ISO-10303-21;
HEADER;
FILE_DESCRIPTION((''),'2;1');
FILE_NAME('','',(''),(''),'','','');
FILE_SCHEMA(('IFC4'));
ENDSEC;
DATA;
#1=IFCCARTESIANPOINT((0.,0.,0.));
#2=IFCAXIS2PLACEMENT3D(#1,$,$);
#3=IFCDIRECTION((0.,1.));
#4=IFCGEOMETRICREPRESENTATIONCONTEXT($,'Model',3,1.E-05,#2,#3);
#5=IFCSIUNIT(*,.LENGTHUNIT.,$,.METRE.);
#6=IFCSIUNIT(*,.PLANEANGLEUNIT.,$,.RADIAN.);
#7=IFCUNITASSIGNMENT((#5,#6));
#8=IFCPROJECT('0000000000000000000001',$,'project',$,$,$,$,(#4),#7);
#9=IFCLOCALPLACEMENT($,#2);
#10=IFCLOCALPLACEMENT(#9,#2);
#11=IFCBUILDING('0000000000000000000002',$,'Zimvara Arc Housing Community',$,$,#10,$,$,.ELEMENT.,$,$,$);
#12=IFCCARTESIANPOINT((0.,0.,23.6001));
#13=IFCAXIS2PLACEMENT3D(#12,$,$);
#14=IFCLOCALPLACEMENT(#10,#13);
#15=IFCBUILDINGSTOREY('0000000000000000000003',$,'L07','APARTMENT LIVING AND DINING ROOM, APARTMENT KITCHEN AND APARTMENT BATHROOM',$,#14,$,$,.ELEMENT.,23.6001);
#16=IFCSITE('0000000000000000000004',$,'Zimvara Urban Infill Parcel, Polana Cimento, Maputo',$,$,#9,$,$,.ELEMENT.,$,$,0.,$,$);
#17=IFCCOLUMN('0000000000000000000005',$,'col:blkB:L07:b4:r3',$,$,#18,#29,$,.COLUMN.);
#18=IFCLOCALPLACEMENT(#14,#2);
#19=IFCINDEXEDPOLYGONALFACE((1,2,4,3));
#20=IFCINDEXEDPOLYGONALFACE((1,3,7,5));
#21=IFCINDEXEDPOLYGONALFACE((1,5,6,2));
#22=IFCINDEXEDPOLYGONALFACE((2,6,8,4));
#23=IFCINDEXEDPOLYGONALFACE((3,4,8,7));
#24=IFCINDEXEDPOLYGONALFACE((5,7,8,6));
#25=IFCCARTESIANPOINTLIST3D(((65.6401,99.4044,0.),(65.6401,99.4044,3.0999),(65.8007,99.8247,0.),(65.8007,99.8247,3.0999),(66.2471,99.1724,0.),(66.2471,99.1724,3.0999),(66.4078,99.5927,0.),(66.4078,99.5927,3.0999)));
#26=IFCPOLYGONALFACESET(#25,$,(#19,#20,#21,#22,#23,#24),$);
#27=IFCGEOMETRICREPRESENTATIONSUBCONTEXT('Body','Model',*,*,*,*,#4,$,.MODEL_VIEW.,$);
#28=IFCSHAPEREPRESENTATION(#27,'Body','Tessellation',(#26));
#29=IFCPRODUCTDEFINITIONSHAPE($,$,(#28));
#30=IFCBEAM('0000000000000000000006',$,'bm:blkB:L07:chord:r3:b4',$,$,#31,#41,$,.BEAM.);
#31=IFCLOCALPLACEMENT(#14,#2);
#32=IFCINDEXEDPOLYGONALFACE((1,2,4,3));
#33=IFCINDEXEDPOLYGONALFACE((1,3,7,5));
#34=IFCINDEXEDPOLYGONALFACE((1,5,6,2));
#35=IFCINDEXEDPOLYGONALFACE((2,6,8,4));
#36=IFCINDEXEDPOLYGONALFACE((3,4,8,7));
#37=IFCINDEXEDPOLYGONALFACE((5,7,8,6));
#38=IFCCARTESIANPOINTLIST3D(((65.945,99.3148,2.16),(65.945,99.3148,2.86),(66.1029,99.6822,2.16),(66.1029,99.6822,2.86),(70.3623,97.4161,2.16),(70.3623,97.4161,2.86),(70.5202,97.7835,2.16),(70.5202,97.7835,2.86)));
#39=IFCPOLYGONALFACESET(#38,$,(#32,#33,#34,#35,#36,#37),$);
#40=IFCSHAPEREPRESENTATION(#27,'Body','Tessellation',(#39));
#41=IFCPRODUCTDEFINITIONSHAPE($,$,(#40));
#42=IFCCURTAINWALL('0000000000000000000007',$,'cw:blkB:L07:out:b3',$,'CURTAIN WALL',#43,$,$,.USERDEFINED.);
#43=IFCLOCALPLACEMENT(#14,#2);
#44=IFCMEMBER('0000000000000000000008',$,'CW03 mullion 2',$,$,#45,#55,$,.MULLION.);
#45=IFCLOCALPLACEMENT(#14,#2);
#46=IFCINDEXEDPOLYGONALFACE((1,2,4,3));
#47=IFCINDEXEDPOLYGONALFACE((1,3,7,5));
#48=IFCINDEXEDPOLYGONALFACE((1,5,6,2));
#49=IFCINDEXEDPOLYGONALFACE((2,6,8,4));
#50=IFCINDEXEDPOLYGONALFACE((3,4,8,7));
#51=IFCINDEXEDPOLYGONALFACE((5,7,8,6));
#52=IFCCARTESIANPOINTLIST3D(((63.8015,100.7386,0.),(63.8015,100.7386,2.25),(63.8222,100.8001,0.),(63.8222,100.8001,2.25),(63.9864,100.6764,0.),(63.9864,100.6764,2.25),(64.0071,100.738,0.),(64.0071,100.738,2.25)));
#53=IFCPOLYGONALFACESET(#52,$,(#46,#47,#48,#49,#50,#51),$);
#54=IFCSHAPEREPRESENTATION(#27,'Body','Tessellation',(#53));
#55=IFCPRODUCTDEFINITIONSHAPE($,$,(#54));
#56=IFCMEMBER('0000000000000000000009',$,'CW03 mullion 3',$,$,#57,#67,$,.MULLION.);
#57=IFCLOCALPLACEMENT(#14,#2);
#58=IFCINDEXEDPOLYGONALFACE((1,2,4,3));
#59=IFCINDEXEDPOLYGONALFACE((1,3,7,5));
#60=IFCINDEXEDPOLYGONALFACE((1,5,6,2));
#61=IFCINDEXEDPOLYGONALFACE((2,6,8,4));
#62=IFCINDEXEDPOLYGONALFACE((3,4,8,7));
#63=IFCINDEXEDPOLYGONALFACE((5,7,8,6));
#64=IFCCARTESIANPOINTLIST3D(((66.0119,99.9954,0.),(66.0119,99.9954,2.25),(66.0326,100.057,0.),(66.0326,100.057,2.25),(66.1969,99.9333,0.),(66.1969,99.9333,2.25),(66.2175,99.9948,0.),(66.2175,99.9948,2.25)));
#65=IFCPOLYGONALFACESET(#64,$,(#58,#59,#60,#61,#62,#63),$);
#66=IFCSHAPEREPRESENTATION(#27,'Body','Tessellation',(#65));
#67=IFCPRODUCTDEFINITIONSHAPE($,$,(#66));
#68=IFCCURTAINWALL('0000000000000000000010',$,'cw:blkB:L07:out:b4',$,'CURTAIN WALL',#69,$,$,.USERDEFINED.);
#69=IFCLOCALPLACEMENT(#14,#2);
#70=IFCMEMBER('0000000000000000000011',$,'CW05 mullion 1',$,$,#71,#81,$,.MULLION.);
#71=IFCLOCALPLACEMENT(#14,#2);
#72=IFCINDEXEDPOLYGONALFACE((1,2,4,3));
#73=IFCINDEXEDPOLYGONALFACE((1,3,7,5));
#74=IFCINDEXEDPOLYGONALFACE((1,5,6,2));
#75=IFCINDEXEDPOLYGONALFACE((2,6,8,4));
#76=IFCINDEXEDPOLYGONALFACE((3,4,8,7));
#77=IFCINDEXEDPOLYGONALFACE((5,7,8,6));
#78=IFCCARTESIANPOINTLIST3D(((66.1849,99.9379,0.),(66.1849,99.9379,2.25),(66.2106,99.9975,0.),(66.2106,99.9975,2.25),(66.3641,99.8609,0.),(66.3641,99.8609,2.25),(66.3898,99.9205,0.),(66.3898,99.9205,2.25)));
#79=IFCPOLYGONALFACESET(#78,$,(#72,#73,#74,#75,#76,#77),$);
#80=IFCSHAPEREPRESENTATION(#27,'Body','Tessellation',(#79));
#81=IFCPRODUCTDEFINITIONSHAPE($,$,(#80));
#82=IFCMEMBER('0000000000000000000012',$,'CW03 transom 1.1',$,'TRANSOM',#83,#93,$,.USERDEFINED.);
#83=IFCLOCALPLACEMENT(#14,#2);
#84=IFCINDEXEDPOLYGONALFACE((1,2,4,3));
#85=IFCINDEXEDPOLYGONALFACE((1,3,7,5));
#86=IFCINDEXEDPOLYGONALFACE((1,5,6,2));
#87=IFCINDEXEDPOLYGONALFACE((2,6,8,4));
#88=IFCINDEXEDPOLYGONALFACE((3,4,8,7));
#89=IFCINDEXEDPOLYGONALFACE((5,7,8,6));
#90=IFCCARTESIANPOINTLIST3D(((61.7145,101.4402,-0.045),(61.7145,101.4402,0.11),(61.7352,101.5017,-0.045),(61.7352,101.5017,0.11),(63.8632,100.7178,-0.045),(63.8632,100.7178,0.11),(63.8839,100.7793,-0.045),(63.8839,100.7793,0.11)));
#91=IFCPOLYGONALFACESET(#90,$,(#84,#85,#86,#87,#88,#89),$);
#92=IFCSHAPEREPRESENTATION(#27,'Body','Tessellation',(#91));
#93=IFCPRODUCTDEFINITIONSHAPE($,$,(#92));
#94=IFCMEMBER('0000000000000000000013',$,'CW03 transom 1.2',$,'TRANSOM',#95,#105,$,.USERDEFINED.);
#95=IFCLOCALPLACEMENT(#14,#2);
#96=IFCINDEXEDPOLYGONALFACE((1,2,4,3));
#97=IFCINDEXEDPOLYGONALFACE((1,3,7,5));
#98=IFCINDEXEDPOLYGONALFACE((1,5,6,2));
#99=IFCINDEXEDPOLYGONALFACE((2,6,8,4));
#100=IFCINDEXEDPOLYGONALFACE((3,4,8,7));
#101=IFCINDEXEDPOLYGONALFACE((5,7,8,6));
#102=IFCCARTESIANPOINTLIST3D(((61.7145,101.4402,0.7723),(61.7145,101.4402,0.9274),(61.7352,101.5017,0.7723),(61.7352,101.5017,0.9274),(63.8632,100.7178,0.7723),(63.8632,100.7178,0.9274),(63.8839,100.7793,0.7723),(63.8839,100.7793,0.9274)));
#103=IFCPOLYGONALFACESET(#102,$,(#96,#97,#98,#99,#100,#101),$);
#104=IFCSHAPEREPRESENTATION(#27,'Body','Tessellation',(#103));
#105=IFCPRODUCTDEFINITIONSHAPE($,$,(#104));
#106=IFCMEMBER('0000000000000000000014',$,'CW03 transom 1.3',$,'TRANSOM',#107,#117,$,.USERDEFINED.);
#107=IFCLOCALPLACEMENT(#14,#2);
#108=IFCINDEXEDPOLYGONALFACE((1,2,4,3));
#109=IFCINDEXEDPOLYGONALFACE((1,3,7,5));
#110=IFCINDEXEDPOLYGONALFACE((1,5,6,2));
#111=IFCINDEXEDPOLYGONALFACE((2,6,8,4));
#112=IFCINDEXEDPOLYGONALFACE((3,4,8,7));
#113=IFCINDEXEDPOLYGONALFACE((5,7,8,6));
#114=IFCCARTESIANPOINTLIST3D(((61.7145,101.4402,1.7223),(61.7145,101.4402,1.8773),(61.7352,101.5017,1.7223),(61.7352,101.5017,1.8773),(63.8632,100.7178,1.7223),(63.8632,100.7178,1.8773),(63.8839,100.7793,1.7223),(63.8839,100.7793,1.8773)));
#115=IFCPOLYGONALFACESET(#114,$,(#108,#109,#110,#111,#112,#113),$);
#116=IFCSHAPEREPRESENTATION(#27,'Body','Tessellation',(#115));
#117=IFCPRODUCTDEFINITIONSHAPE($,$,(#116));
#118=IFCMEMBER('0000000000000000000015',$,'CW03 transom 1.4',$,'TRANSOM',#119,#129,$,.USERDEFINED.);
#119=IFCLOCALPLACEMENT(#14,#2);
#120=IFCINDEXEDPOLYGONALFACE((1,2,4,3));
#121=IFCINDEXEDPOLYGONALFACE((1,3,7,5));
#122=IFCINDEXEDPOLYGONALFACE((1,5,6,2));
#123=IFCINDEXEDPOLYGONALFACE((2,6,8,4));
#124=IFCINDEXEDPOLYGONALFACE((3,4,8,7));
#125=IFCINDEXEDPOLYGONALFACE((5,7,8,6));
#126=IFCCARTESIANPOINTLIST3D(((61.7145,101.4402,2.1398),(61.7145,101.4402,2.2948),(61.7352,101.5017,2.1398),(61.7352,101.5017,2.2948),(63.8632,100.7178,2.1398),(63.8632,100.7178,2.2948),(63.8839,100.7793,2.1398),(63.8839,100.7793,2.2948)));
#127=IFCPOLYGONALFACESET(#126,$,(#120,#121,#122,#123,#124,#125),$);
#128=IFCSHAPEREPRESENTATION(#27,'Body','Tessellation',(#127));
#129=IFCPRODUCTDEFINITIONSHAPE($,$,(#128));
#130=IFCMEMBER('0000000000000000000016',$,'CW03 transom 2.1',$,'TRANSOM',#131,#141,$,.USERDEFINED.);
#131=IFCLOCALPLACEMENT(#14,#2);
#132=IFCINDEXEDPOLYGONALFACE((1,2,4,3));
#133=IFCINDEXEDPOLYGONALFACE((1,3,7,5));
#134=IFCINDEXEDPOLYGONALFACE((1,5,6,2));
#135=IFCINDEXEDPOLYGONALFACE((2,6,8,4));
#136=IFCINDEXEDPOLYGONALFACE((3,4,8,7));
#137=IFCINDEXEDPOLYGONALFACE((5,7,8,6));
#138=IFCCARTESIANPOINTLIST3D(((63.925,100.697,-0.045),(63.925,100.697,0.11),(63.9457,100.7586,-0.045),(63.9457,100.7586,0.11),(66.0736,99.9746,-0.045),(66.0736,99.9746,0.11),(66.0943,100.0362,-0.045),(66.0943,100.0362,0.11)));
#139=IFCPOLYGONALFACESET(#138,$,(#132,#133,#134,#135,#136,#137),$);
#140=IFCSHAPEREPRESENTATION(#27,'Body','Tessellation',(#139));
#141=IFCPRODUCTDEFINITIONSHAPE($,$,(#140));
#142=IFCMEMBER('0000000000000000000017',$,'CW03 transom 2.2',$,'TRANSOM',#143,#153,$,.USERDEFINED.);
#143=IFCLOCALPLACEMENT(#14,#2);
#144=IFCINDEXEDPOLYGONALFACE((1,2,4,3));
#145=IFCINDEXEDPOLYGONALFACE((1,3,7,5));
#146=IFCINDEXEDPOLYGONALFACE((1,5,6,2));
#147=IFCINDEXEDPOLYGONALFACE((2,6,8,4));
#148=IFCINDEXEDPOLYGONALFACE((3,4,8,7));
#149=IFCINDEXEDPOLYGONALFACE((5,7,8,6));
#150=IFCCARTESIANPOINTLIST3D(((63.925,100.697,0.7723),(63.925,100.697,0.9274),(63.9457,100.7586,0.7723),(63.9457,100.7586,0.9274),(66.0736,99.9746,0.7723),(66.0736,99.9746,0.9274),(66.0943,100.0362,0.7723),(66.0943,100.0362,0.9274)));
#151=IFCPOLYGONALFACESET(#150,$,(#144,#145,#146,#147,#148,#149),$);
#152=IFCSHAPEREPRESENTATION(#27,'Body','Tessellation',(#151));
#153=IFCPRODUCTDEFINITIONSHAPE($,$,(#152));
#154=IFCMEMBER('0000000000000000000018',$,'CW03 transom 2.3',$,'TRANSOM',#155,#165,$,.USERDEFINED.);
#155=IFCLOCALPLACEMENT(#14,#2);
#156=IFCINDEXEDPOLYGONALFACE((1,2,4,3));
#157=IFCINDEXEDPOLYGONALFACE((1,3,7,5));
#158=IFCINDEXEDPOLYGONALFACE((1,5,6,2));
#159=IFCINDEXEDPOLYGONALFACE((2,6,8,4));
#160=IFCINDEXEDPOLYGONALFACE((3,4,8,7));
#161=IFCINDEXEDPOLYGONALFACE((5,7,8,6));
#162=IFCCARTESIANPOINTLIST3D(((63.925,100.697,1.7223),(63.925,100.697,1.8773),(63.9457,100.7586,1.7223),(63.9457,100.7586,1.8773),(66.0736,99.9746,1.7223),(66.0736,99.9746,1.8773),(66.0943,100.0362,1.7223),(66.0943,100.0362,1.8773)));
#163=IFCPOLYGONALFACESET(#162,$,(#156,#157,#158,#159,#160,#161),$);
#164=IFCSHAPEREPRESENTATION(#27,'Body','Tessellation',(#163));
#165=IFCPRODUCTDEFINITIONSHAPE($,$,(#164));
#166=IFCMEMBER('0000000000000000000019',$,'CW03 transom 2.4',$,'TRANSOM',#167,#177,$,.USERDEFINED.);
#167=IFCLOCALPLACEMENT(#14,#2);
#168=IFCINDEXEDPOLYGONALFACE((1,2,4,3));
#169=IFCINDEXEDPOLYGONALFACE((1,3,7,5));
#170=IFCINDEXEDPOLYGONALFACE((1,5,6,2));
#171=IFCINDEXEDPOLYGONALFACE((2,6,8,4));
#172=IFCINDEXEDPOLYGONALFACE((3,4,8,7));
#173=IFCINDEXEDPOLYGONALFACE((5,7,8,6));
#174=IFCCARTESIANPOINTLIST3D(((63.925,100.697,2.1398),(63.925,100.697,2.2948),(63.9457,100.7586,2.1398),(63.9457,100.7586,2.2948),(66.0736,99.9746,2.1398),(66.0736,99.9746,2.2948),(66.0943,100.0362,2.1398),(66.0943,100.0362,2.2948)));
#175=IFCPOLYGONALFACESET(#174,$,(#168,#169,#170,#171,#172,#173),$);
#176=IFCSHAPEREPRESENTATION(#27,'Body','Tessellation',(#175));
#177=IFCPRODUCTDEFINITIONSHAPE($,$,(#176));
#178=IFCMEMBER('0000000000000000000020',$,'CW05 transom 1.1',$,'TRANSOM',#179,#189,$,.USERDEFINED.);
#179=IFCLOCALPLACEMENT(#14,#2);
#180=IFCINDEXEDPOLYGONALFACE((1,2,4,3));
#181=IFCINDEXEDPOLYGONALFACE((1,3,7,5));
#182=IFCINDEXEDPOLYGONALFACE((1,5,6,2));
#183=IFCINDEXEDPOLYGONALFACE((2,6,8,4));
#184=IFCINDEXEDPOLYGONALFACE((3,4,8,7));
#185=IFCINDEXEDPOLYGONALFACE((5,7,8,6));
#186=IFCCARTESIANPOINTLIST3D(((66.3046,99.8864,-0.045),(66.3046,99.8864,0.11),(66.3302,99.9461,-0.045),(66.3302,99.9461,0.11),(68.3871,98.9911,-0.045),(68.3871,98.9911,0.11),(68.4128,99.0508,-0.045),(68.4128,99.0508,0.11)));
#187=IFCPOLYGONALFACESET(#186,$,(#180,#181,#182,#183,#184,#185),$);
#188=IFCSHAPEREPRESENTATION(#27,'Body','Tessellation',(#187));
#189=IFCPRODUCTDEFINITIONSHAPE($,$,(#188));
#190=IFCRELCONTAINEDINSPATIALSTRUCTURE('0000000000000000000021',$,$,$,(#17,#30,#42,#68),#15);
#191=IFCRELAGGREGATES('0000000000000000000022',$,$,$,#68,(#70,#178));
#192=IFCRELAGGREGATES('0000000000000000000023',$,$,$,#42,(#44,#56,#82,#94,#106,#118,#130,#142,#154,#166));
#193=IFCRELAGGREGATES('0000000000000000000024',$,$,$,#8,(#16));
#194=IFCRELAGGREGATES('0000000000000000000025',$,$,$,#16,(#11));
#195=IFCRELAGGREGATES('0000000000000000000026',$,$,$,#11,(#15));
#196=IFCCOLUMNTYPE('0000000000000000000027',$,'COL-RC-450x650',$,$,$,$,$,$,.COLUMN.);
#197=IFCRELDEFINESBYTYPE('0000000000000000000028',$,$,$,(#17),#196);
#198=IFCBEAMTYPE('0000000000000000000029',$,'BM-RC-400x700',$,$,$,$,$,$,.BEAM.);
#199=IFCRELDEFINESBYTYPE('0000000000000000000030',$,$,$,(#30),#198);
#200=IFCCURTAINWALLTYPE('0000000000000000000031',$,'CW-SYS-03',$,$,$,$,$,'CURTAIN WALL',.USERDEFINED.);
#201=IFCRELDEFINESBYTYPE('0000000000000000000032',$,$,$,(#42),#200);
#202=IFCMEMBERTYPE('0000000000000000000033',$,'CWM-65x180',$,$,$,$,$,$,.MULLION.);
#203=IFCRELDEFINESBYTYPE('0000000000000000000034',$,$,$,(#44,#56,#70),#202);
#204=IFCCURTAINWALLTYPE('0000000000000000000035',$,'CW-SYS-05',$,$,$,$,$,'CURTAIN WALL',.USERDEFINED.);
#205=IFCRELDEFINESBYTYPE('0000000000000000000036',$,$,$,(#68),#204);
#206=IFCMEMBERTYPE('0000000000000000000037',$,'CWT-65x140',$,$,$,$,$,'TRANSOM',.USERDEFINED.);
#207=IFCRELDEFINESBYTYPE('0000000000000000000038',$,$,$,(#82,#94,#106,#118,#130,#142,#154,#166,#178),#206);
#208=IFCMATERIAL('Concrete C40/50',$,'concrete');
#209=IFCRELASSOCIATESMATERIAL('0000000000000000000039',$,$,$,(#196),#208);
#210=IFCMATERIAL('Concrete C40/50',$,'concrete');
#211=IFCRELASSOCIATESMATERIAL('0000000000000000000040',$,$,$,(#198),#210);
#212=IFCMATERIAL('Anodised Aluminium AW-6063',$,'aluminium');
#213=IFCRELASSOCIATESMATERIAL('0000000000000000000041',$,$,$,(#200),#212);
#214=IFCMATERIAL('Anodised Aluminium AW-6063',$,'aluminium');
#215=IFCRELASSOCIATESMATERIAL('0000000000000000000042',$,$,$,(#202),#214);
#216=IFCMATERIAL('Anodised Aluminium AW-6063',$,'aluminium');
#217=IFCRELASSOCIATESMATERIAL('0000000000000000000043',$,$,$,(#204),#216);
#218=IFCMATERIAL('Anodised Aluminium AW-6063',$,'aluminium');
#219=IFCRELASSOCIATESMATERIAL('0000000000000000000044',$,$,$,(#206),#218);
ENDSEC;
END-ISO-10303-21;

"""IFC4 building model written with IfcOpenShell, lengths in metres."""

from ifc_helpers import new_model, si_unit, direction, frame, origin, origin_2d, place, context, subcontext, project, spatial, rectangle, extrude, material, material_profile, profile_set, type_object, element, aggregate, save


model = new_model("IFC4")

# Units and contexts
model_context = context("Model", 3, precision=1e-05, world=origin(), true_north=direction((0.0, 1.0)))
body_context = subcontext(model_context, "Body", "Model", "MODEL_VIEW")
ifc_project = project(units=[si_unit("LENGTHUNIT", "METRE"), si_unit("PLANEANGLEUNIT", "RADIAN")], contexts=[model_context])

# Site, building, storey
site_placement = place(None, origin())
site = spatial("IfcSite", under=ifc_project, at=site_placement, Name="Zimvara Urban Infill Parcel, Polana Cimento, Maputo", CompositionType="ELEMENT", RefElevation=0.0)
building_placement = place(site_placement, origin())
building = spatial("IfcBuilding", under=site, at=building_placement, Name="Zimvara Arc Housing Community", CompositionType="ELEMENT")
storey_placement = place(building_placement, frame((0.0, 0.0, 23.6001)))
storey = spatial("IfcBuildingStorey", under=building, at=storey_placement, Name="L07", Description="APARTMENT LIVING AND DINING ROOM, APARTMENT KITCHEN AND APARTMENT BATHROOM", CompositionType="ELEMENT", Elevation=23.6001)

# Column
ifc_material_1 = material(Name="Concrete C40/50", Category="concrete")
ifc_material_profile_1 = material_profile(ifc_material_1, rectangle(XDim=0.45, YDim=0.6499, at=origin_2d()), Name="RC 450x650")
ifc_profile_set_1 = profile_set([ifc_material_profile_1], Name="Concrete C40/50")
column_type = type_object("IfcColumnType", Name="COL-RC-450x650", PredefinedType="COLUMN", material=ifc_profile_set_1)
column_placement = place(storey_placement, frame((66.0239, 99.4985, 0.0), z_axis=(0.0, 0.0, 1.0), x_axis=(0.357064, 0.93408, 0.0)))
element("IfcColumn", 1, at=column_placement, inside=storey, type_object=column_type, Name="col:blkB:L07:b4:r3", PredefinedType="COLUMN", context=body_context, shape_type="SweptSolid", body=[
    extrude(rectangle(XDim=0.45, YDim=0.6499, at=origin_2d()), origin(), (0.0, 0.0, 1.0), 3.0999),
])

# Beam
ifc_material_2 = material(Name="Concrete C40/50", Category="concrete")
ifc_material_profile_2 = material_profile(ifc_material_2, rectangle(XDim=0.3999, YDim=0.7, at=origin_2d()), Name="RC 400x700")
ifc_profile_set_2 = profile_set([ifc_material_profile_2], Name="Concrete C40/50")
beam_type = type_object("IfcBeamType", Name="BM-RC-400x700", PredefinedType="BEAM", material=ifc_profile_set_2)
beam_placement = place(storey_placement, frame((66.0239, 99.4985, 2.51), z_axis=(0.918724, -0.3949, 0.0), x_axis=(0.3949, 0.918724, 0.0)))
element("IfcBeam", 2, at=beam_placement, inside=storey, type_object=beam_type, Name="bm:blkB:L07:chord:r3:b4", PredefinedType="BEAM", context=body_context, shape_type="SweptSolid", body=[
    extrude(rectangle(XDim=0.3999, YDim=0.7, at=origin_2d()), origin(), (0.0, 0.0, 1.0), 4.8081),
])

# Curtain wall, members
ifc_material_3 = material(Name="Anodised Aluminium AW-6063", Category="aluminium")
curtain_wall_type_1 = type_object("IfcCurtainWallType", Name="CW-SYS-03", ElementType="CURTAIN WALL", PredefinedType="USERDEFINED", material=ifc_material_3)
curtain_wall_1_placement = place(storey_placement, origin())
curtain_wall_1 = element("IfcCurtainWall", 3, at=curtain_wall_1_placement, inside=storey, type_object=curtain_wall_type_1, Name="cw:blkB:L07:out:b3", ObjectType="CURTAIN WALL", PredefinedType="USERDEFINED")
ifc_material_4 = material(Name="Anodised Aluminium AW-6063", Category="aluminium")
ifc_material_profile_3 = material_profile(ifc_material_4, rectangle(XDim=0.0649, YDim=0.1951, at=origin_2d()), Name="ALU 65x195")
ifc_profile_set_3 = profile_set([ifc_material_profile_3], Name="Anodised Aluminium AW-6063")
member_type_1 = type_object("IfcMemberType", Name="CWM-65x180", PredefinedType="MULLION", material=ifc_profile_set_3)
member_1_placement = place(storey_placement, frame((63.9043, 100.7383, 0.0), z_axis=(0.0, 0.0, 1.0), x_axis=(0.318629, 0.94788, 0.0)))
member_1 = element("IfcMember", 4, at=member_1_placement, type_object=member_type_1, Name="CW03 mullion 2", PredefinedType="MULLION", context=body_context, shape_type="SweptSolid", body=[
    extrude(rectangle(XDim=0.0649, YDim=0.1951, at=origin_2d()), origin(), (0.0, 0.0, 1.0), 2.25),
])
member_2_placement = place(storey_placement, frame((66.1147, 99.9951, 0.0), z_axis=(0.0, 0.0, 1.0), x_axis=(0.318629, 0.94788, 0.0)))
member_2 = element("IfcMember", 5, at=member_2_placement, type_object=member_type_1, Name="CW03 mullion 3", PredefinedType="MULLION", context=body_context, shape_type="SweptSolid", body=[
    extrude(rectangle(XDim=0.0649, YDim=0.1951, at=origin_2d()), origin(), (0.0, 0.0, 1.0), 2.25),
])

# Curtain wall, member
ifc_material_5 = material(Name="Anodised Aluminium AW-6063", Category="aluminium")
curtain_wall_type_2 = type_object("IfcCurtainWallType", Name="CW-SYS-05", ElementType="CURTAIN WALL", PredefinedType="USERDEFINED", material=ifc_material_5)
curtain_wall_2_placement = place(storey_placement, origin())
curtain_wall_2 = element("IfcCurtainWall", 6, at=curtain_wall_2_placement, inside=storey, type_object=curtain_wall_type_2, Name="cw:blkB:L07:out:b4", ObjectType="CURTAIN WALL", PredefinedType="USERDEFINED")
member_3_placement = place(storey_placement, frame((66.2874, 99.9292, 0.0), z_axis=(0.0, 0.0, 1.0), x_axis=(0.394904, 0.918722, 0.0)))
member_3 = element("IfcMember", 7, at=member_3_placement, type_object=member_type_1, Name="CW05 mullion 1", PredefinedType="MULLION", context=body_context, shape_type="SweptSolid", body=[
    extrude(rectangle(XDim=0.0649, YDim=0.1951, at=origin_2d()), origin(), (0.0, 0.0, 1.0), 2.25),
])

# Members
ifc_material_6 = material(Name="Anodised Aluminium AW-6063", Category="aluminium")
ifc_material_profile_4 = material_profile(ifc_material_6, rectangle(XDim=0.0649, YDim=0.155, at=origin_2d()), Name="ALU 65x155")
ifc_profile_set_4 = profile_set([ifc_material_profile_4], Name="Anodised Aluminium AW-6063")
member_type_2 = type_object("IfcMemberType", Name="CWT-65x140", ElementType="TRANSOM", PredefinedType="USERDEFINED", material=ifc_profile_set_4)
member_4_placement = place(storey_placement, frame((61.7249, 101.4709, 0.0325), z_axis=(0.947862, -0.318682, 0.0), x_axis=(0.318682, 0.947862, 0.0)))
member_4 = element("IfcMember", 8, at=member_4_placement, type_object=member_type_2, Name="CW03 transom 1.1", ObjectType="TRANSOM", PredefinedType="USERDEFINED", context=body_context, shape_type="SweptSolid", body=[
    extrude(rectangle(XDim=0.0649, YDim=0.155, at=origin_2d()), origin(), (0.0, 0.0, 1.0), 2.2668),
])
member_5_placement = place(storey_placement, frame((61.7249, 101.4709, 0.8499), z_axis=(0.947862, -0.318682, 0.0), x_axis=(0.318682, 0.947862, 0.0)))
member_5 = element("IfcMember", 9, at=member_5_placement, type_object=member_type_2, Name="CW03 transom 1.2", ObjectType="TRANSOM", PredefinedType="USERDEFINED", context=body_context, shape_type="SweptSolid", body=[
    extrude(rectangle(XDim=0.0649, YDim=0.155, at=origin_2d()), origin(), (0.0, 0.0, 1.0), 2.2668),
])
member_6_placement = place(storey_placement, frame((61.7249, 101.4709, 1.7998), z_axis=(0.947862, -0.318682, 0.0), x_axis=(0.318682, 0.947862, 0.0)))
member_6 = element("IfcMember", 10, at=member_6_placement, type_object=member_type_2, Name="CW03 transom 1.3", ObjectType="TRANSOM", PredefinedType="USERDEFINED", context=body_context, shape_type="SweptSolid", body=[
    extrude(rectangle(XDim=0.0649, YDim=0.155, at=origin_2d()), origin(), (0.0, 0.0, 1.0), 2.2668),
])
member_7_placement = place(storey_placement, frame((61.7249, 101.4709, 2.2173), z_axis=(0.947862, -0.318682, 0.0), x_axis=(0.318682, 0.947862, 0.0)))
member_7 = element("IfcMember", 11, at=member_7_placement, type_object=member_type_2, Name="CW03 transom 1.4", ObjectType="TRANSOM", PredefinedType="USERDEFINED", context=body_context, shape_type="SweptSolid", body=[
    extrude(rectangle(XDim=0.0649, YDim=0.155, at=origin_2d()), origin(), (0.0, 0.0, 1.0), 2.2668),
])
member_8_placement = place(storey_placement, frame((63.9353, 100.7278, 0.0325), z_axis=(0.947862, -0.318682, 0.0), x_axis=(0.318682, 0.947862, 0.0)))
member_8 = element("IfcMember", 12, at=member_8_placement, type_object=member_type_2, Name="CW03 transom 2.1", ObjectType="TRANSOM", PredefinedType="USERDEFINED", context=body_context, shape_type="SweptSolid", body=[
    extrude(rectangle(XDim=0.0649, YDim=0.155, at=origin_2d()), origin(), (0.0, 0.0, 1.0), 2.2668),
])
member_9_placement = place(storey_placement, frame((63.9353, 100.7278, 0.8499), z_axis=(0.947862, -0.318682, 0.0), x_axis=(0.318682, 0.947862, 0.0)))
member_9 = element("IfcMember", 13, at=member_9_placement, type_object=member_type_2, Name="CW03 transom 2.2", ObjectType="TRANSOM", PredefinedType="USERDEFINED", context=body_context, shape_type="SweptSolid", body=[
    extrude(rectangle(XDim=0.0649, YDim=0.155, at=origin_2d()), origin(), (0.0, 0.0, 1.0), 2.2668),
])
member_10_placement = place(storey_placement, frame((63.9353, 100.7278, 1.7998), z_axis=(0.947862, -0.318682, 0.0), x_axis=(0.318682, 0.947862, 0.0)))
member_10 = element("IfcMember", 14, at=member_10_placement, type_object=member_type_2, Name="CW03 transom 2.3", ObjectType="TRANSOM", PredefinedType="USERDEFINED", context=body_context, shape_type="SweptSolid", body=[
    extrude(rectangle(XDim=0.0649, YDim=0.155, at=origin_2d()), origin(), (0.0, 0.0, 1.0), 2.2668),
])
member_11_placement = place(storey_placement, frame((63.9353, 100.7278, 2.2173), z_axis=(0.947862, -0.318682, 0.0), x_axis=(0.318682, 0.947862, 0.0)))
member_11 = element("IfcMember", 15, at=member_11_placement, type_object=member_type_2, Name="CW03 transom 2.4", ObjectType="TRANSOM", PredefinedType="USERDEFINED", context=body_context, shape_type="SweptSolid", body=[
    extrude(rectangle(XDim=0.0649, YDim=0.155, at=origin_2d()), origin(), (0.0, 0.0, 1.0), 2.2668),
])
member_12_placement = place(storey_placement, frame((66.3174, 99.9163, 0.0325), z_axis=(0.918704, -0.394946, 0.0), x_axis=(0.394946, 0.918704, 0.0)))
member_12 = element("IfcMember", 16, at=member_12_placement, type_object=member_type_2, Name="CW05 transom 1.1", ObjectType="TRANSOM", PredefinedType="USERDEFINED", context=body_context, shape_type="SweptSolid", body=[
    extrude(rectangle(XDim=0.0649, YDim=0.155, at=origin_2d()), origin(), (0.0, 0.0, 1.0), 2.2668),
])

aggregate(curtain_wall_2, [member_3, member_12])
aggregate(curtain_wall_1, [member_1, member_2, member_4, member_5, member_6, member_7, member_8, member_9, member_10, member_11])

save(model, "model.ifc")
